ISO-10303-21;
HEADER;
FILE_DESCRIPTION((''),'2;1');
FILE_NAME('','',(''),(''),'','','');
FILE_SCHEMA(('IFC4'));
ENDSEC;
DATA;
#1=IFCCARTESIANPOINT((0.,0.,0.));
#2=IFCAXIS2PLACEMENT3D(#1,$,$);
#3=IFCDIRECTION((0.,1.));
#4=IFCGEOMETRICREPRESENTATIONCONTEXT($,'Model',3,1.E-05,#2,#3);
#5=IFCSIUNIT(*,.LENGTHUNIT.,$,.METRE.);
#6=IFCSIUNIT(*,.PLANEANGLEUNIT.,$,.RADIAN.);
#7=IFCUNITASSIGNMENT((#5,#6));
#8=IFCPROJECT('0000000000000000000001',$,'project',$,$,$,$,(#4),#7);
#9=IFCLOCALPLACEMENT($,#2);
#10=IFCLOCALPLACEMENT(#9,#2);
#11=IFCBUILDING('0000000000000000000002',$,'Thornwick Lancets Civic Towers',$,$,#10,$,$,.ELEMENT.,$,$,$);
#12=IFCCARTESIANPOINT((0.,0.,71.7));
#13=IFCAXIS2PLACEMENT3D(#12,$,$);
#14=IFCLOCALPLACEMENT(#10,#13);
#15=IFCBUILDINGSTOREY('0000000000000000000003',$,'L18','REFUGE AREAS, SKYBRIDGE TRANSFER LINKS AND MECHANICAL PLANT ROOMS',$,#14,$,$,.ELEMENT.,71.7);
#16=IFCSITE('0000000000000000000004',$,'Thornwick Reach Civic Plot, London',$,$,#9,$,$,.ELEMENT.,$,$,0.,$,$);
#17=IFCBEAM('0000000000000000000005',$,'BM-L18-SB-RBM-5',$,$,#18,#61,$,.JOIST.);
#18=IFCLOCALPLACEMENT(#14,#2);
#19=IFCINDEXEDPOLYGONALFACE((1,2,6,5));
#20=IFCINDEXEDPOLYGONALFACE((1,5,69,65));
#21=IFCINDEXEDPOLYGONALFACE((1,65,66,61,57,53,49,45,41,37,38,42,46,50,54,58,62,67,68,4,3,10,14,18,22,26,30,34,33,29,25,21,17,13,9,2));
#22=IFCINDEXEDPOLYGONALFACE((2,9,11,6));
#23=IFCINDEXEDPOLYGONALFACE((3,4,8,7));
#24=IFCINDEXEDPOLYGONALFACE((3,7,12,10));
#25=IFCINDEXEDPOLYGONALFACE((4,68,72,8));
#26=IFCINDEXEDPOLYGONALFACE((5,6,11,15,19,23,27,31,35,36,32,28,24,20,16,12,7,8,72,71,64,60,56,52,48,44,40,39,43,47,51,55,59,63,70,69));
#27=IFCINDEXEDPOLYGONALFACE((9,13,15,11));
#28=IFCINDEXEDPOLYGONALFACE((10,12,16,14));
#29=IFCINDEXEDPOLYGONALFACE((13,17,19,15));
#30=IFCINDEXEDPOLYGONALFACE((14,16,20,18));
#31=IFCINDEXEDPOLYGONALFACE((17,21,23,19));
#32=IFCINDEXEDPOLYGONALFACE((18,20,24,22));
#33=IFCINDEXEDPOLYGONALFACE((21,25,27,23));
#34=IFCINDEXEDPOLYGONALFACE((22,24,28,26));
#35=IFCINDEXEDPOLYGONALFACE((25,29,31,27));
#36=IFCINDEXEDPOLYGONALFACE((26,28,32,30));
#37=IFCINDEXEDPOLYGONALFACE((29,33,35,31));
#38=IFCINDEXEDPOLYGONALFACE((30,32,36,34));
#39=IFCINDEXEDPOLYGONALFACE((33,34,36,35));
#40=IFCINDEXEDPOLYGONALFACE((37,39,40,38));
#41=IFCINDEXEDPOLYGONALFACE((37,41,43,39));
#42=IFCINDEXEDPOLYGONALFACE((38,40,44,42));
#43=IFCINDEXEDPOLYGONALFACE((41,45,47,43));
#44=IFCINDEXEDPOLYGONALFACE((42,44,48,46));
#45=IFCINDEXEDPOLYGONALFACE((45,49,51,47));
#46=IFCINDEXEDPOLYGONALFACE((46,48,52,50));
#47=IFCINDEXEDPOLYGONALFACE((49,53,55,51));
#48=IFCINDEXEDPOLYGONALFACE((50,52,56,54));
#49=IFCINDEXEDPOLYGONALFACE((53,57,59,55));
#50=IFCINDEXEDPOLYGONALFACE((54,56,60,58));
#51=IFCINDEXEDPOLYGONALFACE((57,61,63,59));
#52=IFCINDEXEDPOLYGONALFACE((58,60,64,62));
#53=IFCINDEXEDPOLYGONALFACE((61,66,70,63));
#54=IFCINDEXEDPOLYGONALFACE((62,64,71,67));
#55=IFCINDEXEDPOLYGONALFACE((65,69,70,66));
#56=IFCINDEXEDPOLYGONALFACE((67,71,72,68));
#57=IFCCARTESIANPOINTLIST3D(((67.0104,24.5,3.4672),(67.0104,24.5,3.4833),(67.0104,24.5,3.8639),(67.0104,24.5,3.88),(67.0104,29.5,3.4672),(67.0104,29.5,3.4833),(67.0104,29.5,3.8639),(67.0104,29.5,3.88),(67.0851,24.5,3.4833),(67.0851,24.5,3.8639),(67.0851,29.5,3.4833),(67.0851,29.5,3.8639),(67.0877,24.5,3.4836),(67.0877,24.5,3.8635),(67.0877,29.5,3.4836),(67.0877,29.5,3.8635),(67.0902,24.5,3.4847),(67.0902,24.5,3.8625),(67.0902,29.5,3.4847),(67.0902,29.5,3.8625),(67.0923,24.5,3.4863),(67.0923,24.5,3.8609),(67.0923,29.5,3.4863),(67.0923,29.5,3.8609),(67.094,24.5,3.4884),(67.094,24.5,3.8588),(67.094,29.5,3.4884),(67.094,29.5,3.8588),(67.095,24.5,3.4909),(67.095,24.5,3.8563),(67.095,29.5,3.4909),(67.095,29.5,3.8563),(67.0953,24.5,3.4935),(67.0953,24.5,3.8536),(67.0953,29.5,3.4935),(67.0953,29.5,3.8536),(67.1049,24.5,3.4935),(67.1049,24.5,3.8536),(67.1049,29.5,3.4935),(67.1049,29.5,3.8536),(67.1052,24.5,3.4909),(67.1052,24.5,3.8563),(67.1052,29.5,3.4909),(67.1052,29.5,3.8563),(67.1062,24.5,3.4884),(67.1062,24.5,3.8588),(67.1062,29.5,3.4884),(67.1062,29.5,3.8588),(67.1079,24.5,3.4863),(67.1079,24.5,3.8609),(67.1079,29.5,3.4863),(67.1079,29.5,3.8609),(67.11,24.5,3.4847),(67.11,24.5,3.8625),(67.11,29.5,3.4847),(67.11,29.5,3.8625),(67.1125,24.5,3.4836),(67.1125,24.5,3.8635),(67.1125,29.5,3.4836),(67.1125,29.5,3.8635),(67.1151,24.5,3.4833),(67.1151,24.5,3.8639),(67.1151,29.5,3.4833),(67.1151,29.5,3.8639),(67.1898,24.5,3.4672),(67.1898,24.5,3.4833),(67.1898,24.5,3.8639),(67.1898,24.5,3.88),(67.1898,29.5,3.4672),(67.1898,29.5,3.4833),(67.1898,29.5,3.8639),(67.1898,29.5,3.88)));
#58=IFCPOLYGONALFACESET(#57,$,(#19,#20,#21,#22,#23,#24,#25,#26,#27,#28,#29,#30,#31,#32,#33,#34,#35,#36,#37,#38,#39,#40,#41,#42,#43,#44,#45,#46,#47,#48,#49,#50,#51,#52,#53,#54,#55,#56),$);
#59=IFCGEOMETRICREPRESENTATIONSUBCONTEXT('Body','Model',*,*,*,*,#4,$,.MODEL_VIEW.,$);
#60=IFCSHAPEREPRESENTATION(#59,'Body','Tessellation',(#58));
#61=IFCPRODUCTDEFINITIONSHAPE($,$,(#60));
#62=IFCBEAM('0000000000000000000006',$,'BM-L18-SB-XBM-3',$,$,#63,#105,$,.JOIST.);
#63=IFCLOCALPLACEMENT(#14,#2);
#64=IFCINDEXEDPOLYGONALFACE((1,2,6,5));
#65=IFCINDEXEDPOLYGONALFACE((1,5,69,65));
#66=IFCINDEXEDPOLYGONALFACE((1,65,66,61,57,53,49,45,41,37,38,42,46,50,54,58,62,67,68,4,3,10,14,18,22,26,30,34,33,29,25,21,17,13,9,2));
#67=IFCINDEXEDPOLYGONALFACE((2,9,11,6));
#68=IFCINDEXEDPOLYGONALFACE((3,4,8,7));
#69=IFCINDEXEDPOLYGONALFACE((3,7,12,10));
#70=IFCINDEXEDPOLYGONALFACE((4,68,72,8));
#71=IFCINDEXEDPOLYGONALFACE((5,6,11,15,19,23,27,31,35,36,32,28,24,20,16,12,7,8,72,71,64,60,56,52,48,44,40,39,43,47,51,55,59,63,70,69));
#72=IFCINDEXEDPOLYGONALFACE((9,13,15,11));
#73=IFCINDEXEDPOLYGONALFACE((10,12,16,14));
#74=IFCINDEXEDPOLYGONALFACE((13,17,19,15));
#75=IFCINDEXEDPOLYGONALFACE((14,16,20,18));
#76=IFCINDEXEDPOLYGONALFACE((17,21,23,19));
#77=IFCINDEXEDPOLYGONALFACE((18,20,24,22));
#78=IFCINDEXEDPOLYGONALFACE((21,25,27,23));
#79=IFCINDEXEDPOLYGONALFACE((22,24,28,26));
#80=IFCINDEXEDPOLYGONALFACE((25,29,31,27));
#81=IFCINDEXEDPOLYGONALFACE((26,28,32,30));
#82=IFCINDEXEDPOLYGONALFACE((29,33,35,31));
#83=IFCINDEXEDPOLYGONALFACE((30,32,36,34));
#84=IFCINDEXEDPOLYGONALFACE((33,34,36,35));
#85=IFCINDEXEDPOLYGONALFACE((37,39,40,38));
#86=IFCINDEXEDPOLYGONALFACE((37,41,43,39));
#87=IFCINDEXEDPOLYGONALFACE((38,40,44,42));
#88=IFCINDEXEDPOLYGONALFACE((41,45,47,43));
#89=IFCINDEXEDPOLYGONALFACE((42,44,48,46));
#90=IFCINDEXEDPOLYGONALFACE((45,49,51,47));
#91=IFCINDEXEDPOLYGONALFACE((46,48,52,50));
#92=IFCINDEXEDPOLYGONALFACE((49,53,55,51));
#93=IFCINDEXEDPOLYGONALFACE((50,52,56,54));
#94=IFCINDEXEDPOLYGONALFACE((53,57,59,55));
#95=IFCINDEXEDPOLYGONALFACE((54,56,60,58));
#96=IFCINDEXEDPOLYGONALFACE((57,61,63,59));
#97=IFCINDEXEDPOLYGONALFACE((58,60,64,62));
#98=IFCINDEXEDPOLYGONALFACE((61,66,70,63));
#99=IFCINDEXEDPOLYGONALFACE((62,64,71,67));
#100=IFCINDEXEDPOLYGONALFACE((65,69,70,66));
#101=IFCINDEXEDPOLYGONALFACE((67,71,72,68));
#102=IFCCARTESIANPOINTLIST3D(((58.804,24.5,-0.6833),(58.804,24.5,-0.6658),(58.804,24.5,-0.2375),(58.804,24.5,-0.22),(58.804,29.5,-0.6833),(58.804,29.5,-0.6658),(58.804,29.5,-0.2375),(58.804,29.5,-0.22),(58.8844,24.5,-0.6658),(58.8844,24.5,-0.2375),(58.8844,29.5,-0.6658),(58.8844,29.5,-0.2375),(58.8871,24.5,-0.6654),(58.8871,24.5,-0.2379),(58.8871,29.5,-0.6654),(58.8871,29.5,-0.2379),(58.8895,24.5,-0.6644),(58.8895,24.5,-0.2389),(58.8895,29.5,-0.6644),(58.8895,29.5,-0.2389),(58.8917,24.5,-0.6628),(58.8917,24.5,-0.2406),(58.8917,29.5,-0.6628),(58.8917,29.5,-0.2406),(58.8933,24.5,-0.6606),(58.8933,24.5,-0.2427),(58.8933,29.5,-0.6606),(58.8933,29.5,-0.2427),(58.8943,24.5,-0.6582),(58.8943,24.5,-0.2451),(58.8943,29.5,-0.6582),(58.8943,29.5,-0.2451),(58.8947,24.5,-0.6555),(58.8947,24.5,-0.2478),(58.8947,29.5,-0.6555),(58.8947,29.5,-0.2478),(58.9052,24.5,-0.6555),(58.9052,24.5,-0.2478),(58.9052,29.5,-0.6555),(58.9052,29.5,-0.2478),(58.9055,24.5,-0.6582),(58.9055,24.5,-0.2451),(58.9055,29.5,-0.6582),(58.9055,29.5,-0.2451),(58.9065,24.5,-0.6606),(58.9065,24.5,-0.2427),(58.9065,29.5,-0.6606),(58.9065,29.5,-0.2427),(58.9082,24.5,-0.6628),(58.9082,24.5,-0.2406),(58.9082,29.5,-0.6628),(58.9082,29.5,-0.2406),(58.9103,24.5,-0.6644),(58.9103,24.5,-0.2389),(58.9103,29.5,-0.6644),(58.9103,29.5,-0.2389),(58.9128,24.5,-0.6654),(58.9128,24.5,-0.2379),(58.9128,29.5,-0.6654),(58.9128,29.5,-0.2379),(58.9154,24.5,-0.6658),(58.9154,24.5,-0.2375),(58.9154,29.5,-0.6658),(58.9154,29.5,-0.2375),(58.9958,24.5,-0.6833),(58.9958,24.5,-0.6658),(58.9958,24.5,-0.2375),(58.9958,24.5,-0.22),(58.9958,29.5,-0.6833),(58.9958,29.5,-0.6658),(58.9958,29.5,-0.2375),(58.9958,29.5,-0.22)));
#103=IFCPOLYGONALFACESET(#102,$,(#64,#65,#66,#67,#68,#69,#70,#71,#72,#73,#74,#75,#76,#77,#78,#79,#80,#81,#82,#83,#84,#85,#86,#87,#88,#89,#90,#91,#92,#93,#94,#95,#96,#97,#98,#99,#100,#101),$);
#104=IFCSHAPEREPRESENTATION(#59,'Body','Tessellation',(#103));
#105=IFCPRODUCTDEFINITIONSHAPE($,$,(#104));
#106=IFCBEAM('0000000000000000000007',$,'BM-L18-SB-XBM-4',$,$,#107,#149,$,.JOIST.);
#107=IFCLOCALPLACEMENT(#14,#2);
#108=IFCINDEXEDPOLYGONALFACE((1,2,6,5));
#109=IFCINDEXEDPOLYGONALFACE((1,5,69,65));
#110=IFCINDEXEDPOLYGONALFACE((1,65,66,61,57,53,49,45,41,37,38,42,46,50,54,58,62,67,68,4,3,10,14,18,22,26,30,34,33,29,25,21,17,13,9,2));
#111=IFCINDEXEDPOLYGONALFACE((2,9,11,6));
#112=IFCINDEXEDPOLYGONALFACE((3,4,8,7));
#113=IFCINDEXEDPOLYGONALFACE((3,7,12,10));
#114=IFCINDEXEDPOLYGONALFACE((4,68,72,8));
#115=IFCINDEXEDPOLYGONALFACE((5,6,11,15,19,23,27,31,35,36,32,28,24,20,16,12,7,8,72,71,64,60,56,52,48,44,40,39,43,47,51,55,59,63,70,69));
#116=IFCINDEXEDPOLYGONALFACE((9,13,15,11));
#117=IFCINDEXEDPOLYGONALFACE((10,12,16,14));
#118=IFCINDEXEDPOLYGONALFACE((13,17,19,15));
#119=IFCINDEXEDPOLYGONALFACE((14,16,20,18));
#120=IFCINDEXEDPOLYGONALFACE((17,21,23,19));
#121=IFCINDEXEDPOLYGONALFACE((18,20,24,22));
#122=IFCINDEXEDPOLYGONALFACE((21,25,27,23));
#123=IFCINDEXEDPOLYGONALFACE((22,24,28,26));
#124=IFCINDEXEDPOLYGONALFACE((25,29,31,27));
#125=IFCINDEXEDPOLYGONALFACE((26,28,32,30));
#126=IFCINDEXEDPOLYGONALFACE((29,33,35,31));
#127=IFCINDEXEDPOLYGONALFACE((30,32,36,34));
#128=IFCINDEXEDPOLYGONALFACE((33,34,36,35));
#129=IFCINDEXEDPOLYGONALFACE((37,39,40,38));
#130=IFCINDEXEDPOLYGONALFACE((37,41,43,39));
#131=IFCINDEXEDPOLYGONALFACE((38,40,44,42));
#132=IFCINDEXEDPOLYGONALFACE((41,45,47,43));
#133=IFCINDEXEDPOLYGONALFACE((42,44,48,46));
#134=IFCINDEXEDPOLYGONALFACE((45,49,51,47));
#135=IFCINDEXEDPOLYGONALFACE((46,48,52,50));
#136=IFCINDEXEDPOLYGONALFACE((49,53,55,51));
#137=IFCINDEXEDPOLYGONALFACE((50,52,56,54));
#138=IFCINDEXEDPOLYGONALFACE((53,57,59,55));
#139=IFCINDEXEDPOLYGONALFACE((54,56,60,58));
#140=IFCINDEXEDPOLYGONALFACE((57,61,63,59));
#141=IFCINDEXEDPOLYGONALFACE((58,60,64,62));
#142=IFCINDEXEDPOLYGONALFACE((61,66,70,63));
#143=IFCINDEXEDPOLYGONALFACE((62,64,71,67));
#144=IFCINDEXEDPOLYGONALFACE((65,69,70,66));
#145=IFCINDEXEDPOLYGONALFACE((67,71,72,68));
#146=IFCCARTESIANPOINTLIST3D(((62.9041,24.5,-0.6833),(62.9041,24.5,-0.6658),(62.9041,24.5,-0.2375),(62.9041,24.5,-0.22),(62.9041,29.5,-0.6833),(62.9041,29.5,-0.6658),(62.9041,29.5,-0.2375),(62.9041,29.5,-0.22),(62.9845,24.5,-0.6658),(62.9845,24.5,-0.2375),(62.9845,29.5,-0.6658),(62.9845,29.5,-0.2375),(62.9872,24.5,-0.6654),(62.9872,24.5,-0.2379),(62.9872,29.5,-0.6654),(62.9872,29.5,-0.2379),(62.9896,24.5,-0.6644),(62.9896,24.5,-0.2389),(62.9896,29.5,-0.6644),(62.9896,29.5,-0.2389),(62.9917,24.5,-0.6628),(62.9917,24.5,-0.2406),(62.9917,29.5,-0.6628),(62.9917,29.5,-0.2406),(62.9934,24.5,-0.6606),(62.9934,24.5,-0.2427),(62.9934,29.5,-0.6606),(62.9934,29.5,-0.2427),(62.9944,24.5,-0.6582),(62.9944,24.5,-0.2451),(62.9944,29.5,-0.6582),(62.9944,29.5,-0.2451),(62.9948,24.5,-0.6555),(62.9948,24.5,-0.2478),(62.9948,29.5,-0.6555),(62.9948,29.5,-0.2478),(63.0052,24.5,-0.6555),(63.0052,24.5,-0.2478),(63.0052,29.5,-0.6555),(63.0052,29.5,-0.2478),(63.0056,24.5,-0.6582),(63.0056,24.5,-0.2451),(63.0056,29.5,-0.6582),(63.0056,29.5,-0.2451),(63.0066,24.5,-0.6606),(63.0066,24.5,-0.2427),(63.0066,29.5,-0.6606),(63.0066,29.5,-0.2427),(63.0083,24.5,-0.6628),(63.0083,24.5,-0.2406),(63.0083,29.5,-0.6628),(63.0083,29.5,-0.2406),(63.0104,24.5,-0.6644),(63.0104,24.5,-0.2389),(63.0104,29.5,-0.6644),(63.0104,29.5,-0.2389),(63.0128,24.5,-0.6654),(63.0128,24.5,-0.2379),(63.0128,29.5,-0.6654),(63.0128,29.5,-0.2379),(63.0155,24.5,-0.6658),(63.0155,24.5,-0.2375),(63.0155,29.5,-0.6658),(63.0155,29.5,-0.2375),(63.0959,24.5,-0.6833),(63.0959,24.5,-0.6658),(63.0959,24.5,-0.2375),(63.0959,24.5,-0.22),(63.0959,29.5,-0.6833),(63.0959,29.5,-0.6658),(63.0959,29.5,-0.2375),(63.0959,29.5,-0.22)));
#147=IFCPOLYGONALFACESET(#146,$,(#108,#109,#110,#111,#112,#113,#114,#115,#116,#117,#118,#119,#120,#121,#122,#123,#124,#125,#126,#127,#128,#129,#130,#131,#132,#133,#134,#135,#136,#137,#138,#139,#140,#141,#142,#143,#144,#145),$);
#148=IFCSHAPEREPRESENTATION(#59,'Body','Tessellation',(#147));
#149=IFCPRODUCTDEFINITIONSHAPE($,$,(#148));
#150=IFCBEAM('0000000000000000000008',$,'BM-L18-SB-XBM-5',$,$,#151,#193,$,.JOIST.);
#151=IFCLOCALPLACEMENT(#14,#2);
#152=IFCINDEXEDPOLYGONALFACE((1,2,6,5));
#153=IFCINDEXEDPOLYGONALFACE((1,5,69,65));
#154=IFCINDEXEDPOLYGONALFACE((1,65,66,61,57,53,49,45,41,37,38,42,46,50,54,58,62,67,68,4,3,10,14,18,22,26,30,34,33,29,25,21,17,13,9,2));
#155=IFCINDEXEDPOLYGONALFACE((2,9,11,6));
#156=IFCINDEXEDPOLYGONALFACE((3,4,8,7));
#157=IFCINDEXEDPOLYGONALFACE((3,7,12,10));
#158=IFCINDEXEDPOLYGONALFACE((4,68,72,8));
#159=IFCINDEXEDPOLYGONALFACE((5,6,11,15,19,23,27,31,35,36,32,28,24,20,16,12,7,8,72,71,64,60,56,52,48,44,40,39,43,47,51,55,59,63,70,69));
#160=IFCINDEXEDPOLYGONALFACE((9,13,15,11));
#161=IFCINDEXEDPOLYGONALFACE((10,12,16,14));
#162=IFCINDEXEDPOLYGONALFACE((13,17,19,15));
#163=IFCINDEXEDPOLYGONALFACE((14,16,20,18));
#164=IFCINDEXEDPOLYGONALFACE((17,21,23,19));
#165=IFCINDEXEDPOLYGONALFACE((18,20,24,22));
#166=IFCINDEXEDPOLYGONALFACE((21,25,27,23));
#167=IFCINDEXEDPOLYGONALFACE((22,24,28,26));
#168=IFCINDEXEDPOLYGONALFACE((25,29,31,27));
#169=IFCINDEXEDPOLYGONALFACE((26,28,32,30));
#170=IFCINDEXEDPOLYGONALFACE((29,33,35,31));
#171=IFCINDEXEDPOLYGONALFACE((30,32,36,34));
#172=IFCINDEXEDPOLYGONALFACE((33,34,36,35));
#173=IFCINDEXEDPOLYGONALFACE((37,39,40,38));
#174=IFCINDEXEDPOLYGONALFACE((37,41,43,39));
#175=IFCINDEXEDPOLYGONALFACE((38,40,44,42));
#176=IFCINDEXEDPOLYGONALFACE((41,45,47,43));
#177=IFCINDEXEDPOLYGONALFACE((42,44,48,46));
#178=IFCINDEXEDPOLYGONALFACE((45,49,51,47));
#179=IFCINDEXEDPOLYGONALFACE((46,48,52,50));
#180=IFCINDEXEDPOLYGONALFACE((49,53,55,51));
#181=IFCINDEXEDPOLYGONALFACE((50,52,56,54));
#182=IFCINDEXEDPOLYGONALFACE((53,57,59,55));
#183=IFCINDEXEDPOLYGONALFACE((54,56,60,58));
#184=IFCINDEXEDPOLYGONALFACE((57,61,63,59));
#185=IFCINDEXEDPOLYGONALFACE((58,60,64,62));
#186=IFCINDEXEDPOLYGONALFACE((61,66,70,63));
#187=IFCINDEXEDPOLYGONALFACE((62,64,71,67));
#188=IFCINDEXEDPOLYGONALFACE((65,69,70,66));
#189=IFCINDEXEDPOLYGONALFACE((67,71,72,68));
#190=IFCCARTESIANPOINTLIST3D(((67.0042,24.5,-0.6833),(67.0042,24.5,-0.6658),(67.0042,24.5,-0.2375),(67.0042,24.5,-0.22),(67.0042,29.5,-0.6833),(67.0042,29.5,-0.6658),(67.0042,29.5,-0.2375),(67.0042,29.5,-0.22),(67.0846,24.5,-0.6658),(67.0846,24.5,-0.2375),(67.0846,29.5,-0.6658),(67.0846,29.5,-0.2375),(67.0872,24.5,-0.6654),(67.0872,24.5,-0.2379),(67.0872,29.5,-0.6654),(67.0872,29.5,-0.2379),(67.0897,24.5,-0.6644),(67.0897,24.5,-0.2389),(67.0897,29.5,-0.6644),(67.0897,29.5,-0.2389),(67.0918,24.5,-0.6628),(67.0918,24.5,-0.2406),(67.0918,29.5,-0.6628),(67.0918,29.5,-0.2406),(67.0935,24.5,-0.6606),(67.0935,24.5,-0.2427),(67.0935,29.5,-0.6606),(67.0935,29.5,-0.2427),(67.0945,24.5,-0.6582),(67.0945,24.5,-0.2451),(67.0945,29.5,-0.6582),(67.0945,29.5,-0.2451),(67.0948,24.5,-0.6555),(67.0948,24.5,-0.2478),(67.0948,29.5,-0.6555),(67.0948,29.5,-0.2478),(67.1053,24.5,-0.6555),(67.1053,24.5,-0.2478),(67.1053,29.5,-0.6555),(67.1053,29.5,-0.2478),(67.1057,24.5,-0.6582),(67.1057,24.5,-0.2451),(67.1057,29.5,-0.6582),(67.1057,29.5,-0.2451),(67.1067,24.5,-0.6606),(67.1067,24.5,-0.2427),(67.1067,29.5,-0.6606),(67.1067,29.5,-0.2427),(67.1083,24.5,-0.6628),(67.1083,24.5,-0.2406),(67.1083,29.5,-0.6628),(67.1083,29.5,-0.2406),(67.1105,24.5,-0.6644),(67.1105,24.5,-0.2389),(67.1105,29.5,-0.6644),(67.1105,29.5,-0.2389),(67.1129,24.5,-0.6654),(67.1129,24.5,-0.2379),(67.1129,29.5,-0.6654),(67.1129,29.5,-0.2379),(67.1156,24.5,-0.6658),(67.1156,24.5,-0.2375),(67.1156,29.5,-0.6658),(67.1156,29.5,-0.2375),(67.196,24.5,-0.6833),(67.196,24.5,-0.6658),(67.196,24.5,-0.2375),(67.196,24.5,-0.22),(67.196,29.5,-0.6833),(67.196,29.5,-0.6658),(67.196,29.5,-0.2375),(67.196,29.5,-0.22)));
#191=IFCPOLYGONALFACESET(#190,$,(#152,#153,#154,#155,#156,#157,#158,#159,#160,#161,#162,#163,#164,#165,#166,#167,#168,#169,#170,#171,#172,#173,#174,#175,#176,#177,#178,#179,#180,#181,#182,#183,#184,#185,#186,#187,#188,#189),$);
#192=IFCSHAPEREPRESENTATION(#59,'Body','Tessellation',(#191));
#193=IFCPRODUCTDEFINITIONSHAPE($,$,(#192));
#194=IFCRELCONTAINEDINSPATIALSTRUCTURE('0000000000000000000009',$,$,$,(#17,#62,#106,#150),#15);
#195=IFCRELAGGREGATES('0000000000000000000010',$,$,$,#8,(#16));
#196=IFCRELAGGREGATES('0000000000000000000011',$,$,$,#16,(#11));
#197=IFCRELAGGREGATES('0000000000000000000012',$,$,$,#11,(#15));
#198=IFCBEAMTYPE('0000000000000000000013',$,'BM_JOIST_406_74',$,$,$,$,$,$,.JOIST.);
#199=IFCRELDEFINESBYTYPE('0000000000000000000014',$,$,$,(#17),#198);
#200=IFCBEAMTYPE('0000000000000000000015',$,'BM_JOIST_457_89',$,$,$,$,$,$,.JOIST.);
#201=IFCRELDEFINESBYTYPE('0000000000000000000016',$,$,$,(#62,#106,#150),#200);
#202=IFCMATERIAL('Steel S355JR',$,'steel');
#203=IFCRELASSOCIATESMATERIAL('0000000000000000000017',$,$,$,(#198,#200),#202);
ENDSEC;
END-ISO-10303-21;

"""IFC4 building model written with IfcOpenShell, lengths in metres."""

from ifc_helpers import new_model, si_unit, direction, frame, origin, origin_2d, place, context, subcontext, project, spatial, i_section, extrude, material, material_profile, profile_set, type_object, element, save


model = new_model("IFC4")

# Units and contexts
model_context = context("Model", 3, precision=1e-05, world=origin(), true_north=direction((0.0, 1.0)))
body_context = subcontext(model_context, "Body", "Model", "MODEL_VIEW")
ifc_project = project(units=[si_unit("LENGTHUNIT", "METRE"), si_unit("PLANEANGLEUNIT", "RADIAN")], contexts=[model_context])

# Site, building, storey
site_placement = place(None, origin())
site = spatial("IfcSite", under=ifc_project, at=site_placement, Name="Thornwick Reach Civic Plot, London", CompositionType="ELEMENT", RefElevation=0.0)
building_placement = place(site_placement, origin())
building = spatial("IfcBuilding", under=site, at=building_placement, Name="Thornwick Lancets Civic Towers", CompositionType="ELEMENT")
storey_placement = place(building_placement, frame((0.0, 0.0, 71.7)))
storey = spatial("IfcBuildingStorey", under=building, at=storey_placement, Name="L18", Description="REFUGE AREAS, SKYBRIDGE TRANSFER LINKS AND MECHANICAL PLANT ROOMS", CompositionType="ELEMENT", Elevation=71.7)

# Beams
ifc_material_1 = material(Name="Steel S355JR", Category="steel")
ifc_material_profile_1 = material_profile(ifc_material_1, i_section(OverallWidth=0.1794, OverallDepth=0.4128, WebThickness=0.0095, FlangeThickness=0.0161, FilletRadius=0.0103, at=origin_2d()), Name="UKB 406x178x74")
ifc_profile_set_1 = profile_set([ifc_material_profile_1], Name="Steel S355JR")
beam_type_1 = type_object("IfcBeamType", Name="BM_JOIST_406_74", PredefinedType="JOIST", material=ifc_profile_set_1)
for number, where, z_axis, x_axis, name in (
    (1, (67.1001, 24.5, 3.6736), (0.0, 1.0, 0.0), (-1.0, 0.0, 0.0), "BM-L18-SB-RBM-5"),
):
    element("IfcBeam", number, at=place(storey_placement, frame(where, z_axis=z_axis, x_axis=x_axis)), inside=storey, type_object=beam_type_1, Name=name, PredefinedType="JOIST", context=body_context, shape_type="SweptSolid", body=[
        extrude(i_section(OverallWidth=0.1794, OverallDepth=0.4128, WebThickness=0.0095, FlangeThickness=0.0161, FilletRadius=0.0103, at=origin_2d()), origin(), (0.0, 0.0, 1.0), 5.0),
    ])
ifc_material_profile_2 = material_profile(ifc_material_1, i_section(OverallWidth=0.1919, OverallDepth=0.4634, WebThickness=0.0105, FlangeThickness=0.0176, FilletRadius=0.0103, at=origin_2d()), Name="UKB 457x191x89")
ifc_profile_set_2 = profile_set([ifc_material_profile_2], Name="Steel S355JR")
beam_type_2 = type_object("IfcBeamType", Name="BM_JOIST_457_89", PredefinedType="JOIST", material=ifc_profile_set_2)
for number, where, z_axis, x_axis, name in (
    (2, (58.8999, 24.5, -0.4517), (0.0, 1.0, 0.0), (-1.0, 0.0, 0.0), "BM-L18-SB-XBM-3"),
    (3, (63.0, 24.5, -0.4517), (0.0, 1.0, 0.0), (-1.0, 0.0, 0.0), "BM-L18-SB-XBM-4"),
    (4, (67.1001, 24.5, -0.4517), (0.0, 1.0, 0.0), (-1.0, 0.0, 0.0), "BM-L18-SB-XBM-5"),
):
    element("IfcBeam", number, at=place(storey_placement, frame(where, z_axis=z_axis, x_axis=x_axis)), inside=storey, type_object=beam_type_2, Name=name, PredefinedType="JOIST", context=body_context, shape_type="SweptSolid", body=[
        extrude(i_section(OverallWidth=0.1919, OverallDepth=0.4634, WebThickness=0.0105, FlangeThickness=0.0176, FilletRadius=0.0103, at=origin_2d()), origin(), (0.0, 0.0, 1.0), 5.0),
    ])

save(model, "model.ifc")
